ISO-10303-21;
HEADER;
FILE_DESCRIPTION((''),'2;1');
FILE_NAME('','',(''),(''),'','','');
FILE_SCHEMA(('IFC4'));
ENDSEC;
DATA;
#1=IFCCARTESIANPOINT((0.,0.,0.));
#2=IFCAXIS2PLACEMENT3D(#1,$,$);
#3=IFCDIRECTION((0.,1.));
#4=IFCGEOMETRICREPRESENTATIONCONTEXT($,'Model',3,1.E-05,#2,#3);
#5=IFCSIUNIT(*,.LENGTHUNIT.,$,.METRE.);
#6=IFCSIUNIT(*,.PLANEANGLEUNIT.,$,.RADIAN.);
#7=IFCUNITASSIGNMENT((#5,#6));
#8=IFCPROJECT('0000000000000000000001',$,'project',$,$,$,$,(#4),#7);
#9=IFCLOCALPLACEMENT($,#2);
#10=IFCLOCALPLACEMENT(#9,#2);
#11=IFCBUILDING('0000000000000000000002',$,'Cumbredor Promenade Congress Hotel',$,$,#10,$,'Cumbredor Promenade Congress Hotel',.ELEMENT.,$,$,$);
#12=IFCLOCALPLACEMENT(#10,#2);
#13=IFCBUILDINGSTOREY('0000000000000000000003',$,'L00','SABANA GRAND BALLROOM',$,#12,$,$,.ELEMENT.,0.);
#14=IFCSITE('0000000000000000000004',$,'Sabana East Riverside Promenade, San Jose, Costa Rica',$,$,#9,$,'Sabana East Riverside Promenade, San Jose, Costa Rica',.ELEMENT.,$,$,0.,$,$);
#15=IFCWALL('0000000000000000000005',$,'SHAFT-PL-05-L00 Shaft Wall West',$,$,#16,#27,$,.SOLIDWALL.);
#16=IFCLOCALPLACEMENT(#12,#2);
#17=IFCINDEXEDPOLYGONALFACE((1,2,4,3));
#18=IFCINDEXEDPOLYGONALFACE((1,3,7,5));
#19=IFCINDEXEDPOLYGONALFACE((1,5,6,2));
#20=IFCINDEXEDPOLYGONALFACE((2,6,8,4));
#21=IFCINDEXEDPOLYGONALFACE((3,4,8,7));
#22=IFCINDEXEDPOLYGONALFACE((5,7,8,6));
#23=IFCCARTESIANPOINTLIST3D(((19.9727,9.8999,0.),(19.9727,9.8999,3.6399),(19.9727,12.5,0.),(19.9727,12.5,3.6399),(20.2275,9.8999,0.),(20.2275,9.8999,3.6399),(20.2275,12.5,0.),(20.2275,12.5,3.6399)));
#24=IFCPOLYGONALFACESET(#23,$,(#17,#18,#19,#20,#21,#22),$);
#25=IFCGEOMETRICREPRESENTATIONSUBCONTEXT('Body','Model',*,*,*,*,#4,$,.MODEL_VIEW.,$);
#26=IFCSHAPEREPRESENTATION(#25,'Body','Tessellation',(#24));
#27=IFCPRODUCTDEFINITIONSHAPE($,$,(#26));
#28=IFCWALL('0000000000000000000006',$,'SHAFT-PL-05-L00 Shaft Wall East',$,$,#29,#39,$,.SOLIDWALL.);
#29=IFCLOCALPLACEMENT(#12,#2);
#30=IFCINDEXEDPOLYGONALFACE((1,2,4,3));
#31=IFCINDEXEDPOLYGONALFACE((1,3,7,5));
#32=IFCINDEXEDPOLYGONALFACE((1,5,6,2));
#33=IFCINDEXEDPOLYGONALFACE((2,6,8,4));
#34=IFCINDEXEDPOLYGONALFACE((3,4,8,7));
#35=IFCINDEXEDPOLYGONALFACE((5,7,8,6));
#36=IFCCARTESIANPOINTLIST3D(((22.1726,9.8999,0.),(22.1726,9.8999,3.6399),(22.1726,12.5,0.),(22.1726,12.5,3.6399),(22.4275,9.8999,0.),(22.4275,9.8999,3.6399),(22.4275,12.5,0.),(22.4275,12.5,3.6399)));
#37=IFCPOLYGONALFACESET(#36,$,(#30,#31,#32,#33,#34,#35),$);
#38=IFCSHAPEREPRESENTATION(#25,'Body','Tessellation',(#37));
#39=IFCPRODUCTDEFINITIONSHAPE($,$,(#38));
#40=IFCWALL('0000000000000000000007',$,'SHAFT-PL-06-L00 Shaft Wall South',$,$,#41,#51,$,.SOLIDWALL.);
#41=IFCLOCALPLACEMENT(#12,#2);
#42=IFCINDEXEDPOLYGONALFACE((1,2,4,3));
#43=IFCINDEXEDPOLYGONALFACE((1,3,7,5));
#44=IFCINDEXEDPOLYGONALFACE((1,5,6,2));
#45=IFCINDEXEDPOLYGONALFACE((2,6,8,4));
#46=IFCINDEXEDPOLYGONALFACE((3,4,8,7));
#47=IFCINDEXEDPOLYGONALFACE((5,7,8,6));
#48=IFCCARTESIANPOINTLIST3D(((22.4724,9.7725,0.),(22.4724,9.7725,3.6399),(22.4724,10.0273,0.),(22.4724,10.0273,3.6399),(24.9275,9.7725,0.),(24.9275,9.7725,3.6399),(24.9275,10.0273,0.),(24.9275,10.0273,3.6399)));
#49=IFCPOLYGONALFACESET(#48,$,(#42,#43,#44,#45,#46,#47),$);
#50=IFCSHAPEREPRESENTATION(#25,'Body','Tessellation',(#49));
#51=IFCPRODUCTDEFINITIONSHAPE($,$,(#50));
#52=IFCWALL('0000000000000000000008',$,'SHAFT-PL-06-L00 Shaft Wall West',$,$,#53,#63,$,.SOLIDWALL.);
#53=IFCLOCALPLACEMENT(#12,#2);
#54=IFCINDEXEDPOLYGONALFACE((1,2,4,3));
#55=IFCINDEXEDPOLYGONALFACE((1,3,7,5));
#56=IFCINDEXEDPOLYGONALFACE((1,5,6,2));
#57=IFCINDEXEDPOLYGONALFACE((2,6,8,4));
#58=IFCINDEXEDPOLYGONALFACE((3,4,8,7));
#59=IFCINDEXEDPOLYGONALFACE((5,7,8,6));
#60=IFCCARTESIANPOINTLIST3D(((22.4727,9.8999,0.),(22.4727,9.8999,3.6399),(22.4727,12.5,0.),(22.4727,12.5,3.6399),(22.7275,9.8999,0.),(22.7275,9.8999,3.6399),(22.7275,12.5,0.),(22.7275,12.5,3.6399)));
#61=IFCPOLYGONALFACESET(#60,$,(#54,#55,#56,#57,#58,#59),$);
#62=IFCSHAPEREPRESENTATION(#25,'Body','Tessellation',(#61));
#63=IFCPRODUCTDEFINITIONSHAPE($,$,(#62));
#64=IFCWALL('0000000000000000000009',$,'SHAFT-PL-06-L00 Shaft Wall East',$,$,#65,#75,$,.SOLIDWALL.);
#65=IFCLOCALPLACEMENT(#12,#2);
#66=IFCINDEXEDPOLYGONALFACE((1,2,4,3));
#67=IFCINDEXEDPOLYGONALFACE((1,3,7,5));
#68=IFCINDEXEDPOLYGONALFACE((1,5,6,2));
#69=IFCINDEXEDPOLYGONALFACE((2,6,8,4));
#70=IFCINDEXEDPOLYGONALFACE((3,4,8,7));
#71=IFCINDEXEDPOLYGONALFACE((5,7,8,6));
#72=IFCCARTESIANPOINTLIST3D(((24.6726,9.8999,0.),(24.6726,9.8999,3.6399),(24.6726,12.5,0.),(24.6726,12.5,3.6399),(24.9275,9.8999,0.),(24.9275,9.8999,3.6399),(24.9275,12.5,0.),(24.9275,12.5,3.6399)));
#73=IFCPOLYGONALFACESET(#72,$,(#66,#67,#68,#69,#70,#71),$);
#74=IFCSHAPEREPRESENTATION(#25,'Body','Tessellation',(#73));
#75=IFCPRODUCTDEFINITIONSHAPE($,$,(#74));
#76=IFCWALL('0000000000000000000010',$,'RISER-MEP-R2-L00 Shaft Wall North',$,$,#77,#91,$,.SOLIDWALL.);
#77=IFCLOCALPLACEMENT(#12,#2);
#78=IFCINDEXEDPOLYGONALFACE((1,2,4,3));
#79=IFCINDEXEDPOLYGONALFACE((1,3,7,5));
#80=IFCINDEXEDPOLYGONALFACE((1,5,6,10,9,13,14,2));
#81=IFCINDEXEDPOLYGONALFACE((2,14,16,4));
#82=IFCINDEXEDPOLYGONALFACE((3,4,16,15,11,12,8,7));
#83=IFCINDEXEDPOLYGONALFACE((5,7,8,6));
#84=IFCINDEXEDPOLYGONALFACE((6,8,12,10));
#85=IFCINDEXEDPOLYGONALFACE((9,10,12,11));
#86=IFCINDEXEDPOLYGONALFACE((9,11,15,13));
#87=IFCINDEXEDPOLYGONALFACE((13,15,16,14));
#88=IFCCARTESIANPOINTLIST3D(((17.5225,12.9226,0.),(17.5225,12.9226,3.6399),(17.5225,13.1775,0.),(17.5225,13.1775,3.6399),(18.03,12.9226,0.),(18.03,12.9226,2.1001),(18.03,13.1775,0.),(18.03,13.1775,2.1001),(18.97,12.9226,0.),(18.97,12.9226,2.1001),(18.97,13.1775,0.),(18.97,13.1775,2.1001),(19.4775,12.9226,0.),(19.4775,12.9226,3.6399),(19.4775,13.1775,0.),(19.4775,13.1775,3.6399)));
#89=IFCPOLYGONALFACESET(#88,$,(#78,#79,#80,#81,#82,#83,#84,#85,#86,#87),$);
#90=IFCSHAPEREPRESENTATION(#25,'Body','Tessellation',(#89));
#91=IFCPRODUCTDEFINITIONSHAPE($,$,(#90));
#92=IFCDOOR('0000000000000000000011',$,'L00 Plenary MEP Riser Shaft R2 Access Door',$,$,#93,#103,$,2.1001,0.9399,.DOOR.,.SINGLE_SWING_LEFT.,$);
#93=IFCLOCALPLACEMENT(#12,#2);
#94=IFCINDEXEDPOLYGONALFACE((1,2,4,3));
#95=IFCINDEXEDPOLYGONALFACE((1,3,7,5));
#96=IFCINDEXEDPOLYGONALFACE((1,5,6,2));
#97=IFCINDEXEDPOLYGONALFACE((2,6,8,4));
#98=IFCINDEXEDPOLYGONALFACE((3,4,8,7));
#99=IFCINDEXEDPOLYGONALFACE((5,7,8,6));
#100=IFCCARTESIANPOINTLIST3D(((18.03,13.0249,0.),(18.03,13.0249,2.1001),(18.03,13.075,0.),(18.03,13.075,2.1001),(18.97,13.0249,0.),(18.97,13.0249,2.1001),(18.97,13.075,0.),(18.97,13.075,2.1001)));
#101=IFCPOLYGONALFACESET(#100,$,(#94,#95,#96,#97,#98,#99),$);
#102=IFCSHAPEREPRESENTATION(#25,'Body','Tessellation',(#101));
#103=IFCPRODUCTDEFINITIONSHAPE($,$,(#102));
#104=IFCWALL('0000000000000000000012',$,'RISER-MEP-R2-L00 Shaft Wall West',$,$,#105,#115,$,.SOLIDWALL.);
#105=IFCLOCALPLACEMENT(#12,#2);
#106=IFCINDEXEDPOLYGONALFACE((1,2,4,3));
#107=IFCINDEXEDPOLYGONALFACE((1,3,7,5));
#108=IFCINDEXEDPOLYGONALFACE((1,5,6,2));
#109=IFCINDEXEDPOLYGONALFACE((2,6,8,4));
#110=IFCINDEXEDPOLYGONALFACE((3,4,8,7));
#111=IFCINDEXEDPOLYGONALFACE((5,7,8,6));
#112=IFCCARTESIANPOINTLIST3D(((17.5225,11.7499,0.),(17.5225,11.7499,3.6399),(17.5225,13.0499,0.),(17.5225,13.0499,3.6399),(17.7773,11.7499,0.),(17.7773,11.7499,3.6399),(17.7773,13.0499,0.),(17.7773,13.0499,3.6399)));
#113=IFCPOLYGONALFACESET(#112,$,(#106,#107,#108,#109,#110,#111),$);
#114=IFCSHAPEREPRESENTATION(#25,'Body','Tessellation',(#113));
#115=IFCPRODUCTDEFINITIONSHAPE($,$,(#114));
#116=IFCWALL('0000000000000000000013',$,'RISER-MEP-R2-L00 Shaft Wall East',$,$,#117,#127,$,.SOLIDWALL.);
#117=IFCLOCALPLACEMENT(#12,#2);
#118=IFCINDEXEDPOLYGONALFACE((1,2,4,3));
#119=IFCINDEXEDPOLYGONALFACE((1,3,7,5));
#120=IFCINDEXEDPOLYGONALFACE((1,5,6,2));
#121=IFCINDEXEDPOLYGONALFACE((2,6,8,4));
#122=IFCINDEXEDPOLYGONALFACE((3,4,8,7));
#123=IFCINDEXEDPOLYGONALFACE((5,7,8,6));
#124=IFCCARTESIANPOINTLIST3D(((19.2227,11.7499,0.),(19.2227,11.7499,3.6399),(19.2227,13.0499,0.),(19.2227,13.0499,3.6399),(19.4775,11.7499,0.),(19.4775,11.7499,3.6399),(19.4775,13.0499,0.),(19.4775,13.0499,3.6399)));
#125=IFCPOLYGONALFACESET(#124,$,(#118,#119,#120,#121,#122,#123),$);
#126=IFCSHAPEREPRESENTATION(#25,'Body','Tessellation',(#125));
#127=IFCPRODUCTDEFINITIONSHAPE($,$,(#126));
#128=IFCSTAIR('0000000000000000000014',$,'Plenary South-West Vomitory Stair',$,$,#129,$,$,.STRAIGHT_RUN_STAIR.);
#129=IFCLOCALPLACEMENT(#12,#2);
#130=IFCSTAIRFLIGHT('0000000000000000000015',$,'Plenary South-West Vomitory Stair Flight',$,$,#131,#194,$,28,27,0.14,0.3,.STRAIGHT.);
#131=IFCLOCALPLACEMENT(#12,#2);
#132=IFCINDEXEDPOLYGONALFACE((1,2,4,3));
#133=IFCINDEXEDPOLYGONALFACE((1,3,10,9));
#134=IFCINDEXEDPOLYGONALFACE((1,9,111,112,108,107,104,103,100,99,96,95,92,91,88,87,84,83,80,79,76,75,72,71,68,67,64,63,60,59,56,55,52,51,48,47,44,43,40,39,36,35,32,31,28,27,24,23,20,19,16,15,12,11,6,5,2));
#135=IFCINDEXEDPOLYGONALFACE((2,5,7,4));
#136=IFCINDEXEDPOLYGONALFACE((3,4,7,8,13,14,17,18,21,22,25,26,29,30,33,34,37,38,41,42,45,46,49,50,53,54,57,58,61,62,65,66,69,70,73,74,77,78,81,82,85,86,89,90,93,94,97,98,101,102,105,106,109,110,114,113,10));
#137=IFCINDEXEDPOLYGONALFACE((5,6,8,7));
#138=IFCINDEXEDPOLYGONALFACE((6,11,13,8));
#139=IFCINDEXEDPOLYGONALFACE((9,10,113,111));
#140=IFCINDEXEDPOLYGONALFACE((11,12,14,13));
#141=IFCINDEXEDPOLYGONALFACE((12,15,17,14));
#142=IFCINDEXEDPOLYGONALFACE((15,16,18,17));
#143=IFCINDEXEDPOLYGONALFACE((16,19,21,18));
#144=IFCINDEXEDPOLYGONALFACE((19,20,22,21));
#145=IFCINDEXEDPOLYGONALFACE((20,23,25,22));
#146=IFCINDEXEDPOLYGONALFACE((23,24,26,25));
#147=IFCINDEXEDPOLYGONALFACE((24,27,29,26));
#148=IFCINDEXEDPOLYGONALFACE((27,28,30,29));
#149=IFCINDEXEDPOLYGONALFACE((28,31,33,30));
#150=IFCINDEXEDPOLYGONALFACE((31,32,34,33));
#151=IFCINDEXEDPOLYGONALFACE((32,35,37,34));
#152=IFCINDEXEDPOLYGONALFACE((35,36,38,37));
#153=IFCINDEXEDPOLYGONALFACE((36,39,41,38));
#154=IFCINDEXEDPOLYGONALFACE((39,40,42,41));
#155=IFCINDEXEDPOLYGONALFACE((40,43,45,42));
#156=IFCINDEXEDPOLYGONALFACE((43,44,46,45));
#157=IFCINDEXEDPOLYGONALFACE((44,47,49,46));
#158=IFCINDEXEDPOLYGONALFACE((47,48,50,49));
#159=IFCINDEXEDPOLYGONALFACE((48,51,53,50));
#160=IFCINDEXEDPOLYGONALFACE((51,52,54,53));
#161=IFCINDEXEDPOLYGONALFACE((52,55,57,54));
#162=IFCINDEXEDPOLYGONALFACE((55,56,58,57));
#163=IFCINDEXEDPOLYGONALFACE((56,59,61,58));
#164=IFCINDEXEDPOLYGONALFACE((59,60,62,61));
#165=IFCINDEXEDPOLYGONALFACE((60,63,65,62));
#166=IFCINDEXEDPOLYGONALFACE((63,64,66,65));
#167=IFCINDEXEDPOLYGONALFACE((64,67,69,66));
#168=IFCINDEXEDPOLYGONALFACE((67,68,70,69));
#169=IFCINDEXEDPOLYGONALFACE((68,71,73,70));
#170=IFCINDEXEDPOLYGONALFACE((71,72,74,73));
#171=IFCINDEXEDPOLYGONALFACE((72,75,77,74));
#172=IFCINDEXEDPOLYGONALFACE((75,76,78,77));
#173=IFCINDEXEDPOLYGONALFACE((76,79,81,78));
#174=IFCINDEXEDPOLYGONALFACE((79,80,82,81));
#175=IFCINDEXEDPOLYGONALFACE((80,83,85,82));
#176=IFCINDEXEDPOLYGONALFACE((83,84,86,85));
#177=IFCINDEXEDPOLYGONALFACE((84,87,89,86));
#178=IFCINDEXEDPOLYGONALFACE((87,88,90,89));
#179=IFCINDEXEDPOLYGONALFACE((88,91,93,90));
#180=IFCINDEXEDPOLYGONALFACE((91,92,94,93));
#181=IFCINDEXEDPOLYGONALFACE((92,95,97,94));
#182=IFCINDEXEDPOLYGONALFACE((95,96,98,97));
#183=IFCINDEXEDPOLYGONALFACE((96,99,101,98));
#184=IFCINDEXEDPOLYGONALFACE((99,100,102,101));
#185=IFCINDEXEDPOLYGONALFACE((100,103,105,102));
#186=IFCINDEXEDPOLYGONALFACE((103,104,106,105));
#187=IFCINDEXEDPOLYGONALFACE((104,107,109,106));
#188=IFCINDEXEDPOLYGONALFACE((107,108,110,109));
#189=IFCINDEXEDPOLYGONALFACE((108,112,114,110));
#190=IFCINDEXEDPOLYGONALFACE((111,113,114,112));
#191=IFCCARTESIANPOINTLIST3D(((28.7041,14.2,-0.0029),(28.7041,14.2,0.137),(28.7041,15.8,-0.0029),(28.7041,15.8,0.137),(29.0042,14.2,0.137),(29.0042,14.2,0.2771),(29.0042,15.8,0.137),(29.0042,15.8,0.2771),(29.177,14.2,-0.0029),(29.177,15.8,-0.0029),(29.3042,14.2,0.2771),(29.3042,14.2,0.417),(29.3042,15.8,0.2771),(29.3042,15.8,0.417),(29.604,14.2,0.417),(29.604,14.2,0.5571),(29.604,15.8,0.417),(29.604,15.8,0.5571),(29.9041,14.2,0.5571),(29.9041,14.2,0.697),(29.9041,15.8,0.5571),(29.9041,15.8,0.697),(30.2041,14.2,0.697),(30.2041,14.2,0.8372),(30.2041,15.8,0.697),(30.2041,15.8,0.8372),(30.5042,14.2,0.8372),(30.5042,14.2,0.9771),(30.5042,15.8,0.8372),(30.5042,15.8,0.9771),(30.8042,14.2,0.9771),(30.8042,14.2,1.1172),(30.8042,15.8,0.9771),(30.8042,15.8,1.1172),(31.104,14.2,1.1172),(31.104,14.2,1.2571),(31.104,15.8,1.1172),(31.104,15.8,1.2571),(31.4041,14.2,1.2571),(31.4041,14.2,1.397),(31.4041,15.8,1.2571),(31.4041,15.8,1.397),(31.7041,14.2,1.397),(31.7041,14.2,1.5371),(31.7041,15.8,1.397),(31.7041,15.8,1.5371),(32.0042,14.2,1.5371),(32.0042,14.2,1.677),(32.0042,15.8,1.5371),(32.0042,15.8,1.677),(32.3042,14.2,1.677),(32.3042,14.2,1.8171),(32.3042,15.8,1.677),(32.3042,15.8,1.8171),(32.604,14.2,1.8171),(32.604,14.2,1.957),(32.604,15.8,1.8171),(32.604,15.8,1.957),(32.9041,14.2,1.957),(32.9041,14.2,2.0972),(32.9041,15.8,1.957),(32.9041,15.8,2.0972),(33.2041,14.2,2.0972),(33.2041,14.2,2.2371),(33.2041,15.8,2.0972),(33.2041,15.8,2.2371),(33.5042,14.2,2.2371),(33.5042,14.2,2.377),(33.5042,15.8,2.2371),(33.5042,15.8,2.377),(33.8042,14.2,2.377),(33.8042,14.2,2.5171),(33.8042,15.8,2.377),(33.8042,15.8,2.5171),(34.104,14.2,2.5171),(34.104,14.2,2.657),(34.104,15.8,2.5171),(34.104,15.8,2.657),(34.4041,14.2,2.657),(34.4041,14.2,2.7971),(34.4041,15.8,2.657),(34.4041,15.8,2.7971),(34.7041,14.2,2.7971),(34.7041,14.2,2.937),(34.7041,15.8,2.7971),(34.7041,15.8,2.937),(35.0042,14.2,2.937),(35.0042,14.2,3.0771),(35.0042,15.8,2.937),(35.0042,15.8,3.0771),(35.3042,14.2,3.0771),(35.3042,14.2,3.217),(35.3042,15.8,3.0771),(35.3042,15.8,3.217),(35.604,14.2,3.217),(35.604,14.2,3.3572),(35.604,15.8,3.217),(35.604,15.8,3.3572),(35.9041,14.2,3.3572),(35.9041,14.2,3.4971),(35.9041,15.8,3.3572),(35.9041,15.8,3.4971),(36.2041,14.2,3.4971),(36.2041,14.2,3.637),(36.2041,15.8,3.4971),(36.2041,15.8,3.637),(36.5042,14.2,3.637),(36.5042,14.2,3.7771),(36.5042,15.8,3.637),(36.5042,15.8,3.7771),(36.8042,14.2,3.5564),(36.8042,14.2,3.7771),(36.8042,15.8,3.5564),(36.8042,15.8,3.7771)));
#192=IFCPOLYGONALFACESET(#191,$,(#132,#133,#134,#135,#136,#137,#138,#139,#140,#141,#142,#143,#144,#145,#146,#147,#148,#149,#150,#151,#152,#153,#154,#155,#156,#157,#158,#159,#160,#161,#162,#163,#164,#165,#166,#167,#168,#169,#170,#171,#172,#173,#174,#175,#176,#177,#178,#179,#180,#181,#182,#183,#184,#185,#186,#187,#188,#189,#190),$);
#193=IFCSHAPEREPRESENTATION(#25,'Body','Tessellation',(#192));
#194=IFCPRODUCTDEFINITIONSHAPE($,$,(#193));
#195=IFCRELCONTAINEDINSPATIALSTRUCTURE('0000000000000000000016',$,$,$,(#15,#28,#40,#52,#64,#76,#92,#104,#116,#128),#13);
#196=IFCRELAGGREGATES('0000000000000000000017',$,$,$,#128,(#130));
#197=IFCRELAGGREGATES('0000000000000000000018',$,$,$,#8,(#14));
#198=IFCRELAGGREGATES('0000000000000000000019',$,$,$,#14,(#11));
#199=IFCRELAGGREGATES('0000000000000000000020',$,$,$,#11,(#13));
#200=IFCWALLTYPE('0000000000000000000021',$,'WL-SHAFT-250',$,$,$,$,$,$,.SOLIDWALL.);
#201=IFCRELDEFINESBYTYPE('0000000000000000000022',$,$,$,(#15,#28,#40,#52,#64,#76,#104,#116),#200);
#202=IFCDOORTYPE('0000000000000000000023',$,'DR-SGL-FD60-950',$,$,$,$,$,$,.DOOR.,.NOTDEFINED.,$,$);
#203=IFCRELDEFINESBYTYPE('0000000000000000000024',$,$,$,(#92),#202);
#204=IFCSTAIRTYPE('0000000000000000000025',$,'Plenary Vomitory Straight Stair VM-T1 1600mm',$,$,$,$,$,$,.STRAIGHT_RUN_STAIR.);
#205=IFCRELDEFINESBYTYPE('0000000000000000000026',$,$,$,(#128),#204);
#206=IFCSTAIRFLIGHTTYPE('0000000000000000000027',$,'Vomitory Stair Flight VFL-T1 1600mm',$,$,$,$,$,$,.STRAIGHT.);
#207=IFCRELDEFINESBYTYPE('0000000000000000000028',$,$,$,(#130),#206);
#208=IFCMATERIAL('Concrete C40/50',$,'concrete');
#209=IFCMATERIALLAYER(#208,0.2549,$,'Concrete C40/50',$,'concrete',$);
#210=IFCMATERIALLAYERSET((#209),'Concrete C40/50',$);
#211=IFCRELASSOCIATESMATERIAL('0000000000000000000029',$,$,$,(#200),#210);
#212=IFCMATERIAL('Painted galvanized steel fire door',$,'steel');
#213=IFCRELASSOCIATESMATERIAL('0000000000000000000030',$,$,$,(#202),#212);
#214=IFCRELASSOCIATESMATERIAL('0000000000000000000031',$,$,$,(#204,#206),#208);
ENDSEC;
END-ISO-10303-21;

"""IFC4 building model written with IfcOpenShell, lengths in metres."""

from ifc_helpers import new_model, si_unit, direction, frame, frame_2d, origin, place, context, subcontext, project, spatial, polyline, rectangle, outline, extrude, material, layer, layer_set, type_object, element, fill, aggregate, save


model = new_model("IFC4")

# Units and contexts
model_context = context("Model", 3, precision=1e-05, world=origin(), true_north=direction((0.0, 1.0)))
body_context = subcontext(model_context, "Body", "Model", "MODEL_VIEW")
ifc_project = project(units=[si_unit("LENGTHUNIT", "METRE"), si_unit("PLANEANGLEUNIT", "RADIAN")], contexts=[model_context])

# Site, building, storey
site_placement = place(None, origin())
site = spatial("IfcSite", under=ifc_project, at=site_placement, Name="Sabana East Riverside Promenade, San Jose, Costa Rica", LongName="Sabana East Riverside Promenade, San Jose, Costa Rica", CompositionType="ELEMENT", RefElevation=0.0)
building_placement = place(site_placement, origin())
building = spatial("IfcBuilding", under=site, at=building_placement, Name="Cumbredor Promenade Congress Hotel", LongName="Cumbredor Promenade Congress Hotel", CompositionType="ELEMENT")
storey_placement = place(building_placement, origin())
storey = spatial("IfcBuildingStorey", under=building, at=storey_placement, Name="L00", Description="SABANA GRAND BALLROOM", CompositionType="ELEMENT", Elevation=0.0)

# Shared definitions
ifc_material_1 = material(Name="Concrete C40/50", Category="concrete")

# Shared definitions
ifc_layer_1 = layer(ifc_material_1, 0.2549, Name="Concrete C40/50", Category="concrete")
ifc_layer_set_1 = layer_set([ifc_layer_1], Name="Concrete C40/50")
wall_type_1 = type_object("IfcWallType", Name="WL-SHAFT-250", PredefinedType="SOLIDWALL", material=ifc_layer_set_1)

# Walls
for number, where, z_axis, x_axis, name in (
    (1, (20.1001, 9.8999, 0.0), (0.0, 0.0, 1.0), (0.0, 1.0, 0.0), "SHAFT-PL-05-L00 Shaft Wall West"),
    (2, (22.3, 9.8999, 0.0), (0.0, 0.0, 1.0), (0.0, 1.0, 0.0), "SHAFT-PL-05-L00 Shaft Wall East"),
):
    element("IfcWall", number, at=place(storey_placement, frame(where, z_axis=z_axis, x_axis=x_axis)), inside=storey, type_object=wall_type_1, Name=name, PredefinedType="SOLIDWALL", context=body_context, shape_type="SweptSolid", body=[
        extrude(rectangle(XDim=2.6001, YDim=0.2549, at=frame_2d((1.3, 0.0))), origin(), (0.0, 0.0, 1.0), 3.6399),
    ])
wall_1_placement = place(storey_placement, frame((22.4724, 9.8999, 0.0), z_axis=(0.0, 0.0, 1.0), x_axis=(1.0, 0.0, 0.0)))
element("IfcWall", 3, at=wall_1_placement, inside=storey, type_object=wall_type_1, Name="SHAFT-PL-06-L00 Shaft Wall South", PredefinedType="SOLIDWALL", context=body_context, shape_type="SweptSolid", body=[
    extrude(rectangle(XDim=2.4551, YDim=0.2549, at=frame_2d((1.2275, 0.0))), origin(), (0.0, 0.0, 1.0), 3.6399),
])

# Walls
for number, where, z_axis, x_axis, name in (
    (4, (22.6001, 9.8999, 0.0), (0.0, 0.0, 1.0), (0.0, 1.0, 0.0), "SHAFT-PL-06-L00 Shaft Wall West"),
    (5, (24.8, 9.8999, 0.0), (0.0, 0.0, 1.0), (0.0, 1.0, 0.0), "SHAFT-PL-06-L00 Shaft Wall East"),
):
    element("IfcWall", number, at=place(storey_placement, frame(where, z_axis=z_axis, x_axis=x_axis)), inside=storey, type_object=wall_type_1, Name=name, PredefinedType="SOLIDWALL", context=body_context, shape_type="SweptSolid", body=[
        extrude(rectangle(XDim=2.6001, YDim=0.2549, at=frame_2d((1.3, 0.0))), origin(), (0.0, 0.0, 1.0), 3.6399),
    ])

# Wall, opening, door
wall_2_placement = place(storey_placement, frame((17.5225, 13.05, 0.0), z_axis=(0.0, 0.0, 1.0), x_axis=(1.0, 0.0, 0.0)))
wall_2 = element("IfcWall", 6, at=wall_2_placement, inside=storey, type_object=wall_type_1, Name="RISER-MEP-R2-L00 Shaft Wall North", PredefinedType="SOLIDWALL", context=body_context, shape_type="SweptSolid", body=[
    extrude(rectangle(XDim=1.9551, YDim=0.2549, at=frame_2d((0.9775, 0.0))), origin(), (0.0, 0.0, 1.0), 3.6399),
])
opening_1_placement = place(wall_2_placement, frame((0.5076, 0.0, 0.0)))
opening_1 = element("IfcOpeningElement", 7, at=opening_1_placement, cuts=wall_2, PredefinedType="OPENING", context=body_context, shape_type="SweptSolid", body=[
    extrude(rectangle(XDim=0.9399, YDim=2.1001, at=frame_2d((0.47, 1.05))), frame((0.0, 0.1375, 0.0), z_axis=(0.0, -1.0, 0.0), x_axis=(1.0, 0.0, 0.0)), (0.0, 0.0, 1.0), 0.2749),
])
ifc_material_2 = material(Name="Painted galvanized steel fire door", Category="steel")
door_type_1 = type_object("IfcDoorType", Name="DR-SGL-FD60-950", OperationType="NOTDEFINED", PredefinedType="DOOR", material=ifc_material_2)
door_1_placement = place(opening_1_placement, origin())
door_1 = element("IfcDoor", 8, at=door_1_placement, inside=storey, type_object=door_type_1, Name="L00 Plenary MEP Riser Shaft R2 Access Door", OperationType="SINGLE_SWING_LEFT", OverallHeight=2.1001, OverallWidth=0.9399, PredefinedType="DOOR", context=body_context, shape_type="SweptSolid", body=[
    extrude(rectangle(XDim=0.9399, YDim=2.1001, at=frame_2d((0.47, 1.05))), frame((0.0, 0.0249, 0.0), z_axis=(0.0, -1.0, 0.0), x_axis=(1.0, 0.0, 0.0)), (0.0, 0.0, 1.0), 0.05),
])
fill(opening_1, door_1)

# Walls
for number, where, z_axis, x_axis, name in (
    (9, (17.6499, 11.75, 0.0), (0.0, 0.0, 1.0), (0.0, 1.0, 0.0), "RISER-MEP-R2-L00 Shaft Wall West"),
    (10, (19.3501, 11.75, 0.0), (0.0, 0.0, 1.0), (0.0, 1.0, 0.0), "RISER-MEP-R2-L00 Shaft Wall East"),
):
    element("IfcWall", number, at=place(storey_placement, frame(where, z_axis=z_axis, x_axis=x_axis)), inside=storey, type_object=wall_type_1, Name=name, PredefinedType="SOLIDWALL", context=body_context, shape_type="SweptSolid", body=[
        extrude(rectangle(XDim=1.3, YDim=0.2549, at=frame_2d((0.6499, 0.0))), origin(), (0.0, 0.0, 1.0), 3.6399),
    ])

# Stair, stair flight
stair_type = type_object("IfcStairType", Name="Plenary Vomitory Straight Stair VM-T1 1600mm", PredefinedType="STRAIGHT_RUN_STAIR", material=ifc_material_1)
stair_1_placement = place(storey_placement, origin())
stair_1 = element("IfcStair", 11, at=stair_1_placement, inside=storey, type_object=stair_type, Name="Plenary South-West Vomitory Stair", PredefinedType="STRAIGHT_RUN_STAIR")
stair_flight_type = type_object("IfcStairFlightType", Name="Vomitory Stair Flight VFL-T1 1600mm", PredefinedType="STRAIGHT", material=ifc_material_1)
stair_flight_1_placement = place(storey_placement, frame((28.7041, 15.0, -0.0029), z_axis=(0.0, 0.0, 1.0), x_axis=(1.0, 0.0, 0.0)))
stair_flight_1 = element("IfcStairFlight", 12, at=stair_flight_1_placement, type_object=stair_flight_type, Name="Plenary South-West Vomitory Stair Flight", NumberOfRisers=28, NumberOfTreads=27, PredefinedType="STRAIGHT", RiserHeight=0.14, TreadLength=0.3, context=body_context, shape_type="SweptSolid", body=[
    extrude(outline(polyline([(0.0, 0.0), (0.0, 0.1399), (0.3, 0.1399), (0.3, 0.28), (0.6001, 0.28), (0.6001, 0.4199), (0.8999, 0.4199), (0.8999, 0.5601), (1.2, 0.5601), (1.2, 0.7), (1.5, 0.7), (1.5, 0.8401), (1.8, 0.8401), (1.8, 0.98), (2.1001, 0.98), (2.1001, 1.1201), (2.3999, 1.1201), (2.3999, 1.26), (2.7, 1.26), (2.7, 1.3999), (3.0, 1.3999), (3.0, 1.54), (3.3, 1.54), (3.3, 1.6799), (3.6001, 1.6799), (3.6001, 1.8201), (3.8999, 1.8201), (3.8999, 1.96), (4.2, 1.96), (4.2, 2.1001), (4.5, 2.1001), (4.5, 2.24), (4.8, 2.24), (4.8, 2.3799), (5.1001, 2.3799), (5.1001, 2.52), (5.3999, 2.52), (5.3999, 2.6599), (5.7, 2.6599), (5.7, 2.8), (6.0, 2.8), (6.0, 2.9399), (6.3, 2.9399), (6.3, 3.0801), (6.6001, 3.0801), (6.6001, 3.22), (6.8999, 3.22), (6.8999, 3.3601), (7.2, 3.3601), (7.2, 3.5), (7.5, 3.5), (7.5, 3.6399), (7.8, 3.6399), (7.8, 3.78), (8.1001, 3.78), (8.1001, 3.9199), (8.1001, 3.5593), (0.4729, 0.0), (0.0, 0.0)])), frame((0.0, 0.8, 0.0), z_axis=(0.0, -1.0, 0.0), x_axis=(1.0, 0.0, 0.0)), (0.0, 0.0, 1.0), 1.6001),
])
aggregate(stair_1, [stair_flight_1])

save(model, "model.ifc")
